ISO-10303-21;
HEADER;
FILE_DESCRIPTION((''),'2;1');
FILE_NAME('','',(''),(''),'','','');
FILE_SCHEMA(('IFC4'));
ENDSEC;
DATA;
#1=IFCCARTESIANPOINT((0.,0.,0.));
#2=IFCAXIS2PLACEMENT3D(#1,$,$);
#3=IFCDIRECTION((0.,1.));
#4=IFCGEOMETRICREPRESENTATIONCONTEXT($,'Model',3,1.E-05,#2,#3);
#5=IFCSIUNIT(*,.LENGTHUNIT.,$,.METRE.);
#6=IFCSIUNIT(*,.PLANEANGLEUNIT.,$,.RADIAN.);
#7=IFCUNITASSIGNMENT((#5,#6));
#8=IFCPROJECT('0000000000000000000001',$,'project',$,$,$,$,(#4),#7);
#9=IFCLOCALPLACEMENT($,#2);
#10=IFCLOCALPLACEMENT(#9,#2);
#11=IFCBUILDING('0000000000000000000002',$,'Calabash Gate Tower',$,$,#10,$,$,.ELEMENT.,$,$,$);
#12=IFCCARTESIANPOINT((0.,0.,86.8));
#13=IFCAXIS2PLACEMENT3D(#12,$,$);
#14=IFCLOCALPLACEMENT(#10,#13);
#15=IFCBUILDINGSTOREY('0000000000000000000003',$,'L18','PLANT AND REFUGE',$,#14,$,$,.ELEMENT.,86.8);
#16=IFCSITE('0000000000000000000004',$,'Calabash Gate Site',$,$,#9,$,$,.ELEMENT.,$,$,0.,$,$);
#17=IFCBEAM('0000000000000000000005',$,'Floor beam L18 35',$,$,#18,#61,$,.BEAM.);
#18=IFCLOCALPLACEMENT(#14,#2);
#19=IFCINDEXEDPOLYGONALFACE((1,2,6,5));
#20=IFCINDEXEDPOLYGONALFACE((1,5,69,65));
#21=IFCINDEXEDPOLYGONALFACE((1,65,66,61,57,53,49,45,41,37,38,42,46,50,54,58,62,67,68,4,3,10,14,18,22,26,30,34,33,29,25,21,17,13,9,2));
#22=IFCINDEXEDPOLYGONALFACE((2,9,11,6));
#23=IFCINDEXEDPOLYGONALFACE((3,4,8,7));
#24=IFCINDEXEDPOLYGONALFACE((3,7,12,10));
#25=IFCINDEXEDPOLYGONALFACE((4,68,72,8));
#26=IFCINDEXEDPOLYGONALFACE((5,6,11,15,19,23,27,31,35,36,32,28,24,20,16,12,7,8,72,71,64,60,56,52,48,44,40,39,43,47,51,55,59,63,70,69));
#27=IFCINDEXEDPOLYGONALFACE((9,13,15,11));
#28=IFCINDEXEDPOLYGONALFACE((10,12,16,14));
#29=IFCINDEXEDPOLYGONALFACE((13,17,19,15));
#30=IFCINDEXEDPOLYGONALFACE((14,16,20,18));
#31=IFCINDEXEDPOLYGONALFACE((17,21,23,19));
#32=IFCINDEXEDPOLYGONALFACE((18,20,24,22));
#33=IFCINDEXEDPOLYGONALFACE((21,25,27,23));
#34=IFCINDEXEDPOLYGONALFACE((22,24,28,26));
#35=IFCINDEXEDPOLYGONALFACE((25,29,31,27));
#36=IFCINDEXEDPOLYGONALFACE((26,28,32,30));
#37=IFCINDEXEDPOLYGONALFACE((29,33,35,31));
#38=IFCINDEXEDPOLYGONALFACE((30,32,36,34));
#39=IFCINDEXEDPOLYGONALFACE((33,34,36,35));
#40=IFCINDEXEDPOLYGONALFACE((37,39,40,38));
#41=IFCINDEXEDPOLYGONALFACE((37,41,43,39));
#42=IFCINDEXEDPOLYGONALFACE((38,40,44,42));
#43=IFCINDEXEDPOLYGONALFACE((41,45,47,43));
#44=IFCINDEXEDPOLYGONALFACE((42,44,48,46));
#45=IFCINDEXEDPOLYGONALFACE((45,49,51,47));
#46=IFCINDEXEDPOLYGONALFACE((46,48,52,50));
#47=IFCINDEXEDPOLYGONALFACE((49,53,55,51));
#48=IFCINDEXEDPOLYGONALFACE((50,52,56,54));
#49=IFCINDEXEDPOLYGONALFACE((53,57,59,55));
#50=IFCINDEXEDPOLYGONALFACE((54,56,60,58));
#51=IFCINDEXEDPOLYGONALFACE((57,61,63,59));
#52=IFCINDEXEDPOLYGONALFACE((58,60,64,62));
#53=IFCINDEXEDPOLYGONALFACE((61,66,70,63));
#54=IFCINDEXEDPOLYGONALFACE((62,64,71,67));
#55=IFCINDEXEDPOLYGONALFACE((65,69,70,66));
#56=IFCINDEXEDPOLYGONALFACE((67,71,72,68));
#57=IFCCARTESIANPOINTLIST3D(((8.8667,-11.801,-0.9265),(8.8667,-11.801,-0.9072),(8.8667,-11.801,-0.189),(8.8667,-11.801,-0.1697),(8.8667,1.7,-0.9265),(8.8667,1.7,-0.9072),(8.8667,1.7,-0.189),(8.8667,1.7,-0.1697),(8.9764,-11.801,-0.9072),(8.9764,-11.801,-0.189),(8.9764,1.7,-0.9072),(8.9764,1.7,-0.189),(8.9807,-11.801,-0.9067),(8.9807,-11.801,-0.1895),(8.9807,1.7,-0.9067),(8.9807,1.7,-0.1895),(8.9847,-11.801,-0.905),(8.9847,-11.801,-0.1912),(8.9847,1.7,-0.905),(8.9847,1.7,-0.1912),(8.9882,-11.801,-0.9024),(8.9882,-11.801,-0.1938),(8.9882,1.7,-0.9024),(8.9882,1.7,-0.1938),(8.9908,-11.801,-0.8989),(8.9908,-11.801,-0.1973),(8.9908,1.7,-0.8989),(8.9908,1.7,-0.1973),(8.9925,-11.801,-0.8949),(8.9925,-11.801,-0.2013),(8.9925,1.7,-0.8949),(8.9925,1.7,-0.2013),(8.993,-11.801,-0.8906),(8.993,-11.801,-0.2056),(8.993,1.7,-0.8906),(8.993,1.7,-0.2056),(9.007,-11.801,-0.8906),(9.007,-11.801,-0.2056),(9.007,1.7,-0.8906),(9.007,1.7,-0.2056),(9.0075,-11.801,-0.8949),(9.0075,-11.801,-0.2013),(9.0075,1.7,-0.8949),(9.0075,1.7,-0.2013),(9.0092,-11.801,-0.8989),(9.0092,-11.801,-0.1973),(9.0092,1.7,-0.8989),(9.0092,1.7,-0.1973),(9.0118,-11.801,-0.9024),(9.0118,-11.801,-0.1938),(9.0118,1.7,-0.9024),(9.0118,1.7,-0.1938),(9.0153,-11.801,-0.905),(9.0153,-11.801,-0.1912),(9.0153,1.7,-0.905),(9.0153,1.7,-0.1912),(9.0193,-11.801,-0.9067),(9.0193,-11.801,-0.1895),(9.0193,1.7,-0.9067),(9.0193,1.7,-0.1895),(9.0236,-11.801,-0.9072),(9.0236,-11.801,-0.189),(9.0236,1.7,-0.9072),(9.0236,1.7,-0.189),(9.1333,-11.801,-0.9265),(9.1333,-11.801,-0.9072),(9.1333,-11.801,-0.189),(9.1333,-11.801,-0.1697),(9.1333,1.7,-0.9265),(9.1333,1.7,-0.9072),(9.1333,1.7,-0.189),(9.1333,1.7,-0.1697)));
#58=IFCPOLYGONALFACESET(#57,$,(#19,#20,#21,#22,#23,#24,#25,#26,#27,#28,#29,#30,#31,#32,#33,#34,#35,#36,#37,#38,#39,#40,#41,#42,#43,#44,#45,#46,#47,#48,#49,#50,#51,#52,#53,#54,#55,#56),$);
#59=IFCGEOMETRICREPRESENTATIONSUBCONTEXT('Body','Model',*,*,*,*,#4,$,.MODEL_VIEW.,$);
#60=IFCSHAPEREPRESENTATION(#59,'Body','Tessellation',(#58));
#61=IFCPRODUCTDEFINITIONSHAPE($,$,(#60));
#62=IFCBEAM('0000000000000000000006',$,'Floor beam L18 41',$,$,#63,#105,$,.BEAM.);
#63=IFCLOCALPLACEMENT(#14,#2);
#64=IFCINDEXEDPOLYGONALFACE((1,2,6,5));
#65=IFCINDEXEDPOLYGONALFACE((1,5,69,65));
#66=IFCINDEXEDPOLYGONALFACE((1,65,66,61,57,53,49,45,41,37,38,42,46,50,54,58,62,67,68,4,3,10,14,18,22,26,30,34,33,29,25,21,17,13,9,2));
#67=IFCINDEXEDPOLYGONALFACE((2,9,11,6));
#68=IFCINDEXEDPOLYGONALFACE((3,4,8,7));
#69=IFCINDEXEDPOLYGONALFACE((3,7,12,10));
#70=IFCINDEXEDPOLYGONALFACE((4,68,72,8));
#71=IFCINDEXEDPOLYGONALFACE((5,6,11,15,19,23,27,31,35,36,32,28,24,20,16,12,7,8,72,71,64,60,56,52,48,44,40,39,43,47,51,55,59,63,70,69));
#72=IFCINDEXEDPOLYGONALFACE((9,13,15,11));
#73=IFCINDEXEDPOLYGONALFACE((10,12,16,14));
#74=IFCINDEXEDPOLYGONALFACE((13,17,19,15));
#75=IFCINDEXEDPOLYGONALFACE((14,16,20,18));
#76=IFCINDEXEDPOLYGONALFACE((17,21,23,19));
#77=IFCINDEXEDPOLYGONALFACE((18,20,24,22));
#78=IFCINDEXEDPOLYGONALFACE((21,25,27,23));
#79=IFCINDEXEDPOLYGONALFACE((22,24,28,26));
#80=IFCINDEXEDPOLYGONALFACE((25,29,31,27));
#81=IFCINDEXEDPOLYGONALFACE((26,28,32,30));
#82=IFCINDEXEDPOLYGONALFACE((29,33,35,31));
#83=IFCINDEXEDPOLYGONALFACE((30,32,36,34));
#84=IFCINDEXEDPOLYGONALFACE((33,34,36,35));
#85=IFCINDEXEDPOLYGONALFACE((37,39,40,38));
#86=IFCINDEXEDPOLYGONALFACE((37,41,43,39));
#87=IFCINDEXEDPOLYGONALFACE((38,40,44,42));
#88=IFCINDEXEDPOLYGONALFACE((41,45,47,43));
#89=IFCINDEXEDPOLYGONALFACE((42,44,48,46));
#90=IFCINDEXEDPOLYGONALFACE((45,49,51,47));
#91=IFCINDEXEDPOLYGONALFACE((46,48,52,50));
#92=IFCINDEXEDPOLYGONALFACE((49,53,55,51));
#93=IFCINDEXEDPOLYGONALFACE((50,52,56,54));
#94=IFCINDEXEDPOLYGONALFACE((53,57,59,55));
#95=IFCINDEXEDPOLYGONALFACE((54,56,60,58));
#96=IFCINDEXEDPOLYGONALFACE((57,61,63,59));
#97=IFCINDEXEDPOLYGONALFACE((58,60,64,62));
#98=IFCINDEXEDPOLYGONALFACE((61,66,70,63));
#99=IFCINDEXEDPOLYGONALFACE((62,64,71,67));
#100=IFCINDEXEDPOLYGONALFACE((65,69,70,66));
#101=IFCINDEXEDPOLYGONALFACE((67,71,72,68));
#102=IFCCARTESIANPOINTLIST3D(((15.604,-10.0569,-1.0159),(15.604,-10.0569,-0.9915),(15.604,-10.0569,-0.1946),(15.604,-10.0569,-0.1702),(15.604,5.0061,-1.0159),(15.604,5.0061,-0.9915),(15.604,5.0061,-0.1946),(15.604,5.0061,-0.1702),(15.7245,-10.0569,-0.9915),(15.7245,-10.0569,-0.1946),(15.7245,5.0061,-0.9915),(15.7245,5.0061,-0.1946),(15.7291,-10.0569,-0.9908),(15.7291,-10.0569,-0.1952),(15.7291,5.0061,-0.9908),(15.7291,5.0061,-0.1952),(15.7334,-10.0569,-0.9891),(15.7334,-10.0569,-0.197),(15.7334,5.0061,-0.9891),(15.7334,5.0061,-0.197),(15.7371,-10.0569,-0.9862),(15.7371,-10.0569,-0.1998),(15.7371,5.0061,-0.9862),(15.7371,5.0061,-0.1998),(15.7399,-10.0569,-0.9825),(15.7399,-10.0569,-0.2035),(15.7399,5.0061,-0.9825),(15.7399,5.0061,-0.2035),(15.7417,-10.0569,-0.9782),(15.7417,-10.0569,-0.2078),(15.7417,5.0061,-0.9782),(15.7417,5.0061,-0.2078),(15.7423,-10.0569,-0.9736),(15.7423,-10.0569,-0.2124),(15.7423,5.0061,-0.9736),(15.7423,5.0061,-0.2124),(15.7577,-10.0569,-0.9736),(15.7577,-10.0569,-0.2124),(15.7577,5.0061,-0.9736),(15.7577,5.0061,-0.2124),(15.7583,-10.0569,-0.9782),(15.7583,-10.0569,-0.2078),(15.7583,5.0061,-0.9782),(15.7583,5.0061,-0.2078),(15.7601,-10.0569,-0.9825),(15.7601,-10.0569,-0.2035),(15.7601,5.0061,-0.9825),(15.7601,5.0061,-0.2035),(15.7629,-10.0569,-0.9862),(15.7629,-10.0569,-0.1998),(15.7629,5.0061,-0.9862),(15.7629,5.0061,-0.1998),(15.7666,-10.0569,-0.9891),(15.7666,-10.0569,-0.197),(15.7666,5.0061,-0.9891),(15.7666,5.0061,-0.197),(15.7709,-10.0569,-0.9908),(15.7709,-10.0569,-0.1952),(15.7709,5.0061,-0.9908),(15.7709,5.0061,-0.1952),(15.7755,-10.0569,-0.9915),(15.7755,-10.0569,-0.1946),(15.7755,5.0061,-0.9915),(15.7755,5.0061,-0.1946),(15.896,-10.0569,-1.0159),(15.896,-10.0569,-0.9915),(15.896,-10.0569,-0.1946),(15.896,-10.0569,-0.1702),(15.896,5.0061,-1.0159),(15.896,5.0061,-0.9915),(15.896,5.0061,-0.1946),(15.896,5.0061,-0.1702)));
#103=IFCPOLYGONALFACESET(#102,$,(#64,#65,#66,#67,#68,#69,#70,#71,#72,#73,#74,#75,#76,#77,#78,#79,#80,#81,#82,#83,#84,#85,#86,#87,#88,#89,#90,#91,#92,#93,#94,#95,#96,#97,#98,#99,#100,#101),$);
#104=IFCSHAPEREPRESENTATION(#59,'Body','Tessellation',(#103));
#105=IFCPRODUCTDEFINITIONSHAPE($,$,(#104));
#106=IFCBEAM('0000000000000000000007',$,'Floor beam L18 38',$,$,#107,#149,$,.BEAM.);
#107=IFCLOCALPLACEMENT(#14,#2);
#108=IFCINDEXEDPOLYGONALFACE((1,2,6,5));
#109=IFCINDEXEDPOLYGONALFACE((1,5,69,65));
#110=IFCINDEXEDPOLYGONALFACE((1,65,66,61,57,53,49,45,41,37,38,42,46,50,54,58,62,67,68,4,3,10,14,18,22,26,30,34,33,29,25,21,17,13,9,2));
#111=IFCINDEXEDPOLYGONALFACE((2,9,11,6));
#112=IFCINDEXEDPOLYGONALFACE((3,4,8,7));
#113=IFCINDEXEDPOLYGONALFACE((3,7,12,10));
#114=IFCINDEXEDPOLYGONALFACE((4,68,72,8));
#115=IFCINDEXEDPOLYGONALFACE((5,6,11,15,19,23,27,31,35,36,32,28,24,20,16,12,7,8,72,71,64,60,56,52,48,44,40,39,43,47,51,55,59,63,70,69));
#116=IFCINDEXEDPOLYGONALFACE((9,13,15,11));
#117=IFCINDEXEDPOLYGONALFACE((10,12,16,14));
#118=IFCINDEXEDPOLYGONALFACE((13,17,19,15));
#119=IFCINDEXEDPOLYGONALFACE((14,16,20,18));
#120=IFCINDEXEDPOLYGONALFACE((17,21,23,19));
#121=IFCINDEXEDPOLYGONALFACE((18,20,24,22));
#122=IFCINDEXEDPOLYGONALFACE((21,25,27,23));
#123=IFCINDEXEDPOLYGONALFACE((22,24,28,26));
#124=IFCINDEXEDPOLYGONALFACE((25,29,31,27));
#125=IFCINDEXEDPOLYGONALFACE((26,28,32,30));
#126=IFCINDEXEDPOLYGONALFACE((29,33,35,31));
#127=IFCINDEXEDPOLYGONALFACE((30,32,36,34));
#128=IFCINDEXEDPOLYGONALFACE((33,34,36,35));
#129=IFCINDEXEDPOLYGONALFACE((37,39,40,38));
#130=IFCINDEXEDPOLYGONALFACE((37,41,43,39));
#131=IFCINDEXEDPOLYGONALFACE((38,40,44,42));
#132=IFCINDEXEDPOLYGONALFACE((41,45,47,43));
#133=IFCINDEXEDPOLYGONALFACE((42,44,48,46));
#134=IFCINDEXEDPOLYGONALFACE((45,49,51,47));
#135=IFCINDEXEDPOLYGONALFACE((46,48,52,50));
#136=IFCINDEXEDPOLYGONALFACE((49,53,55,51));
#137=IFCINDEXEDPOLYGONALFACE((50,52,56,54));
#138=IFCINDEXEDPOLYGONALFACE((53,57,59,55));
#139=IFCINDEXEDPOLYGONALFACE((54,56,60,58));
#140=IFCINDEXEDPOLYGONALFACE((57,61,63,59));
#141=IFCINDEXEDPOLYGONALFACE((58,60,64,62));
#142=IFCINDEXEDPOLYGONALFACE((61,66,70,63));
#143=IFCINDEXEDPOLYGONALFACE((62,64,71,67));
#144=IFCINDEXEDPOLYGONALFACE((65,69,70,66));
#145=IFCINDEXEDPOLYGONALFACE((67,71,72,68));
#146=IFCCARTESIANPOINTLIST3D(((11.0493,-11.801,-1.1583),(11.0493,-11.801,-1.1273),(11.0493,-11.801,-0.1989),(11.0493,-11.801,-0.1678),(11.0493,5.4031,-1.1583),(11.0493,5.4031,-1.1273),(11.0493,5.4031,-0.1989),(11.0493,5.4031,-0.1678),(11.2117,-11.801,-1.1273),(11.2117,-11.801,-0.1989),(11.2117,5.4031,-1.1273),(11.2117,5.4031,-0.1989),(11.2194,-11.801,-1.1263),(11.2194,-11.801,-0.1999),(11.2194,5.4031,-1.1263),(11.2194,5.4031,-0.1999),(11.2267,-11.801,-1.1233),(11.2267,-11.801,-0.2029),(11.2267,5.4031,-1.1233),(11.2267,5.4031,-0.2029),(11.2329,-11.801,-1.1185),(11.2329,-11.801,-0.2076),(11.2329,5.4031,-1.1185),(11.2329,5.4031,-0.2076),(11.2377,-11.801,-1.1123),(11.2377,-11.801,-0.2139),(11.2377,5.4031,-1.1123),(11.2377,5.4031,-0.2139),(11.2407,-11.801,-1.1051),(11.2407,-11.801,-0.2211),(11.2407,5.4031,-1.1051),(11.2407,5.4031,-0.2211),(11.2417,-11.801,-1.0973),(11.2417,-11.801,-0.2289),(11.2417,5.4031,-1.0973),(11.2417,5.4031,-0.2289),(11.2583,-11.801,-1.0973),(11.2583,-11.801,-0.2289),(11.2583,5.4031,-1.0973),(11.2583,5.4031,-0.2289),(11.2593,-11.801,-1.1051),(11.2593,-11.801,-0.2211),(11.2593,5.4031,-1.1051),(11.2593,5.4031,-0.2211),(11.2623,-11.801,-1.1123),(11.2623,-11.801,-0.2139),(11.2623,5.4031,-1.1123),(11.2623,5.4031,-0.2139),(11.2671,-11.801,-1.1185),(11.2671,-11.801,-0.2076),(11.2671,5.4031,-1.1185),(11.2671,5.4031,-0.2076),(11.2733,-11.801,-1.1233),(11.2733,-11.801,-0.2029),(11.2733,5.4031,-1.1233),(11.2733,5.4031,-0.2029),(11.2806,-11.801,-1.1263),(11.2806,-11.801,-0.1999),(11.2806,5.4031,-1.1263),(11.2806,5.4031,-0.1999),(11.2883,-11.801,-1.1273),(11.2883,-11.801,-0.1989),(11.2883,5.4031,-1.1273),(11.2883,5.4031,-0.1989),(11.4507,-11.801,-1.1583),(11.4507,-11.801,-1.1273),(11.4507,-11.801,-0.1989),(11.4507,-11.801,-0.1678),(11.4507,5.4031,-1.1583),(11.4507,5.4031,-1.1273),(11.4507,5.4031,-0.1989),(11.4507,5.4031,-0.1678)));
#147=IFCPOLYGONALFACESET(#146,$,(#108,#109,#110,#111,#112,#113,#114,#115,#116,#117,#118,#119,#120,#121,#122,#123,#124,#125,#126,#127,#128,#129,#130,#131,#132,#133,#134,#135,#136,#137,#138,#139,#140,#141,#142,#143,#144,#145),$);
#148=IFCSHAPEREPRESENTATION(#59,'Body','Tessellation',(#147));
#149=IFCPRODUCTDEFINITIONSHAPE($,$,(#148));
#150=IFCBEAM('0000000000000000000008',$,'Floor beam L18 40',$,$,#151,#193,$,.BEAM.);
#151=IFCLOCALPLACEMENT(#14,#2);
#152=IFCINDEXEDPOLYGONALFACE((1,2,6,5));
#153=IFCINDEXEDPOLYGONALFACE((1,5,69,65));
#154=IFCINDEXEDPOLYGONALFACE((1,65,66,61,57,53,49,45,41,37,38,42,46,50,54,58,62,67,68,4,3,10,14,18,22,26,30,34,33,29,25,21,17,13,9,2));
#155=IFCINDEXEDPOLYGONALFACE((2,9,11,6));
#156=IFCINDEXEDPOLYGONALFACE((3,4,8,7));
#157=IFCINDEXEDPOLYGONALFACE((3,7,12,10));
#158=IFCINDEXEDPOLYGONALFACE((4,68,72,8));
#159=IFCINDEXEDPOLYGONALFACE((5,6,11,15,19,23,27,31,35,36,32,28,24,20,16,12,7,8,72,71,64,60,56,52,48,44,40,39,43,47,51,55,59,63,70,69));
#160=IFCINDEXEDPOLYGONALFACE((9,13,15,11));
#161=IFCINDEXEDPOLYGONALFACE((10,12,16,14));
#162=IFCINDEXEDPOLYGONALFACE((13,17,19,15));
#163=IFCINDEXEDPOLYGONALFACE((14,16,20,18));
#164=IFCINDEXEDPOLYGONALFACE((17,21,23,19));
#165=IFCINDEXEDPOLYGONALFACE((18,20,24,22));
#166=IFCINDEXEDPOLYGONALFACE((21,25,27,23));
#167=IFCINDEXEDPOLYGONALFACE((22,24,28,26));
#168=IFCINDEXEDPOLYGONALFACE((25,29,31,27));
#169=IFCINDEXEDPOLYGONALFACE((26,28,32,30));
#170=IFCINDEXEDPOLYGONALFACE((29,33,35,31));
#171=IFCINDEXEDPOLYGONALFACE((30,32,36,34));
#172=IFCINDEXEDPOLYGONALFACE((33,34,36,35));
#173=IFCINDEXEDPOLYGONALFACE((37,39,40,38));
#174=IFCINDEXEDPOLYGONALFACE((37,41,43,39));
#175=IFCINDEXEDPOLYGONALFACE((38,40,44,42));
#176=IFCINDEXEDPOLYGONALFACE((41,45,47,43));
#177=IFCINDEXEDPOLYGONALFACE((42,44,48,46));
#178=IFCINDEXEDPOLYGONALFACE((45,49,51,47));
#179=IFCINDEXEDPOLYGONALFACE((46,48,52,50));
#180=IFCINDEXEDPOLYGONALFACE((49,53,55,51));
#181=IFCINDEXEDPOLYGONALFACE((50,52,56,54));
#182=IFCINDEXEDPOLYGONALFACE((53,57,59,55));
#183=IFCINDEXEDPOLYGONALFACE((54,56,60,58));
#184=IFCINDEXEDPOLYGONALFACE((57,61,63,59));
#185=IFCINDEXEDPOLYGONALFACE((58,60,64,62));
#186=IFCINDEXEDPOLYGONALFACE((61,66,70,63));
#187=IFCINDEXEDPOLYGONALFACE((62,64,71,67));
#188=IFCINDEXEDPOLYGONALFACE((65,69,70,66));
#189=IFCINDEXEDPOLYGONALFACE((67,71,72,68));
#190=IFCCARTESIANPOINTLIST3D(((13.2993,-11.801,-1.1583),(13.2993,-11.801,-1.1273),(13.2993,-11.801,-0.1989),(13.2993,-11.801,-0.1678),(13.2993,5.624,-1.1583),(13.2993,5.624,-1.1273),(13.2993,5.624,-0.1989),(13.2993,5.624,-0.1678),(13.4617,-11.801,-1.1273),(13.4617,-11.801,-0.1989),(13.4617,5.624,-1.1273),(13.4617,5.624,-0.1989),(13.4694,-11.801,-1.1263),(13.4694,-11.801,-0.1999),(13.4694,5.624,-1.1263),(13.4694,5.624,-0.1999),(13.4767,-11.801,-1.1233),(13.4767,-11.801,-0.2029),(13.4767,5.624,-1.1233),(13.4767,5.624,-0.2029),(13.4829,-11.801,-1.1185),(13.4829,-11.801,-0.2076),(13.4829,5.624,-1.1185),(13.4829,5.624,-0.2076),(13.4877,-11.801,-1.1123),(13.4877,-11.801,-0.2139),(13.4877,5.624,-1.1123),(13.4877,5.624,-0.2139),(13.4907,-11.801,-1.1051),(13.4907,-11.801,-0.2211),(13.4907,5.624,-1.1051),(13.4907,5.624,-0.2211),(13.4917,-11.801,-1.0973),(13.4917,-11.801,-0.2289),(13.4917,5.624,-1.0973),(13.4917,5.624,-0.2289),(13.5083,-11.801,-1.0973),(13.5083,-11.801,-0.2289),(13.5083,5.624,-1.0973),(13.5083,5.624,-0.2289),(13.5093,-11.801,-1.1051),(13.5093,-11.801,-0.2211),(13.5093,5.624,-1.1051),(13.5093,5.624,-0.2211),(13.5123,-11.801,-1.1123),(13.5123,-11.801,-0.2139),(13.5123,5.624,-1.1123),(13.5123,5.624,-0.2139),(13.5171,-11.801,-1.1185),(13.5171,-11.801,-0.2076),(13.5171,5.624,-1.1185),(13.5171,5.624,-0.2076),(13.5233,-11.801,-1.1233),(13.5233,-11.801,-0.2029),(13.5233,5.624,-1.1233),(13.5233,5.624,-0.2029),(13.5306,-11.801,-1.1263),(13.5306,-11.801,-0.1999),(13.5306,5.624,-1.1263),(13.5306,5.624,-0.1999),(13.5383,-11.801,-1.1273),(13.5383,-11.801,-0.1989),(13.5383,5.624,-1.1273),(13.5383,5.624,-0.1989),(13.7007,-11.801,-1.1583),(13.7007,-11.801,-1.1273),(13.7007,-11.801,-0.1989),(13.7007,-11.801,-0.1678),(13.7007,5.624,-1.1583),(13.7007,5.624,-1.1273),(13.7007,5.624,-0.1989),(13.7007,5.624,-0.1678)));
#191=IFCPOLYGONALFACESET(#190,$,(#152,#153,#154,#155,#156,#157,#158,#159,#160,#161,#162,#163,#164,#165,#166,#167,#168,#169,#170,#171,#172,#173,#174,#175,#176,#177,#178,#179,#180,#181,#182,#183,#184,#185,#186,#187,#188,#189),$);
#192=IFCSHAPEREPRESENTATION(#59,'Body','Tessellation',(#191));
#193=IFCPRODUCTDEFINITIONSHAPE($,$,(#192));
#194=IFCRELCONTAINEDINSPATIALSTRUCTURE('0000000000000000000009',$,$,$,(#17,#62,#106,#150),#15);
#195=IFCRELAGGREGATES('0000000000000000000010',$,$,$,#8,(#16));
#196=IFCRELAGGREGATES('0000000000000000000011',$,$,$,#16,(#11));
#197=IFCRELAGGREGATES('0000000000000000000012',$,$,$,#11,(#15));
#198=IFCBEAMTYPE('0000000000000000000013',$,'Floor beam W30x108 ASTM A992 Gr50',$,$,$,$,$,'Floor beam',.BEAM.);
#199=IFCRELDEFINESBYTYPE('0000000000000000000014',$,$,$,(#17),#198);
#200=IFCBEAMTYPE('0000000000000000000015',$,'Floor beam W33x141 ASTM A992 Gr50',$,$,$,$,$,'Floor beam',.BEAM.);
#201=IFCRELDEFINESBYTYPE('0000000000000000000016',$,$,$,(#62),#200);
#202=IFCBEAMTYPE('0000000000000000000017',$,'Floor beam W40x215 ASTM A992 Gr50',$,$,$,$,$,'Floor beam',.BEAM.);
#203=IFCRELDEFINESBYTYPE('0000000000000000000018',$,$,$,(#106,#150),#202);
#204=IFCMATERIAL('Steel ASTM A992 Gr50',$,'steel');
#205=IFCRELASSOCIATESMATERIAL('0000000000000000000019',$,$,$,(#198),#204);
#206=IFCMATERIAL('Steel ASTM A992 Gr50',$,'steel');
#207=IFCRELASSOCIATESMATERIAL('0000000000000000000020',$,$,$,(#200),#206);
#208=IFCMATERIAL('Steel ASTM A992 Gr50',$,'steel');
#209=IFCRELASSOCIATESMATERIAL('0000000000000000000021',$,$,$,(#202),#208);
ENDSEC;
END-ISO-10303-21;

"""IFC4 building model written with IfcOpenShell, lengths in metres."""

from ifc_helpers import new_model, si_unit, direction, frame, origin, origin_2d, place, context, subcontext, project, spatial, i_section, extrude, material, material_profile, profile_set, type_object, element, save


model = new_model("IFC4")

# Units and contexts
model_context = context("Model", 3, precision=1e-05, world=origin(), true_north=direction((0.0, 1.0)))
body_context = subcontext(model_context, "Body", "Model", "MODEL_VIEW")
ifc_project = project(units=[si_unit("LENGTHUNIT", "METRE"), si_unit("PLANEANGLEUNIT", "RADIAN")], contexts=[model_context])

# Site, building, storey
site_placement = place(None, origin())
site = spatial("IfcSite", under=ifc_project, at=site_placement, Name="Calabash Gate Site", CompositionType="ELEMENT", RefElevation=0.0)
building_placement = place(site_placement, origin())
building = spatial("IfcBuilding", under=site, at=building_placement, Name="Calabash Gate Tower", CompositionType="ELEMENT")
storey_placement = place(building_placement, frame((0.0, 0.0, 86.8)))
storey = spatial("IfcBuildingStorey", under=building, at=storey_placement, Name="L18", Description="PLANT AND REFUGE", CompositionType="ELEMENT", Elevation=86.8)

# Beams
ifc_material_1 = material(Name="Steel ASTM A992 Gr50", Category="steel")
ifc_material_profile_1 = material_profile(ifc_material_1, i_section(OverallWidth=0.2666, OverallDepth=0.7568, WebThickness=0.0139, FlangeThickness=0.0193, FilletRadius=0.0166, at=origin_2d()))
ifc_profile_set_1 = profile_set([ifc_material_profile_1], Name="Steel ASTM A992 Gr50")
beam_type_1 = type_object("IfcBeamType", Name="Floor beam W30x108 ASTM A992 Gr50", ElementType="Floor beam", PredefinedType="BEAM", material=ifc_profile_set_1)
beam_1_placement = place(storey_placement, frame((9.0, -11.801, -0.5481), z_axis=(0.0, 1.0, 0.0), x_axis=(-1.0, 0.0, 0.0)))
element("IfcBeam", 1, at=beam_1_placement, inside=storey, type_object=beam_type_1, Name="Floor beam L18 35", PredefinedType="BEAM", context=body_context, shape_type="SweptSolid", body=[
    extrude(i_section(OverallWidth=0.2666, OverallDepth=0.7568, WebThickness=0.0139, FlangeThickness=0.0193, FilletRadius=0.0166, at=origin_2d()), origin(), (0.0, 0.0, 1.0), 13.501),
])
ifc_material_2 = material(Name="Steel ASTM A992 Gr50", Category="steel")
ifc_material_profile_2 = material_profile(ifc_material_2, i_section(OverallWidth=0.292, OverallDepth=0.8457, WebThickness=0.0154, FlangeThickness=0.0244, FilletRadius=0.0178, at=origin_2d()))
ifc_profile_set_2 = profile_set([ifc_material_profile_2], Name="Steel ASTM A992 Gr50")
beam_type_2 = type_object("IfcBeamType", Name="Floor beam W33x141 ASTM A992 Gr50", ElementType="Floor beam", PredefinedType="BEAM", material=ifc_profile_set_2)
beam_2_placement = place(storey_placement, frame((15.75, -10.0569, -0.593), z_axis=(0.0, 1.0, 0.0), x_axis=(-1.0, 0.0, 0.0)))
element("IfcBeam", 2, at=beam_2_placement, inside=storey, type_object=beam_type_2, Name="Floor beam L18 41", PredefinedType="BEAM", context=body_context, shape_type="SweptSolid", body=[
    extrude(i_section(OverallWidth=0.292, OverallDepth=0.8457, WebThickness=0.0154, FlangeThickness=0.0244, FilletRadius=0.0178, at=origin_2d()), origin(), (0.0, 0.0, 1.0), 15.063),
])
ifc_material_3 = material(Name="Steel ASTM A992 Gr50", Category="steel")
ifc_material_profile_3 = material_profile(ifc_material_3, i_section(OverallWidth=0.4014, OverallDepth=0.9905, WebThickness=0.0166, FlangeThickness=0.031, FilletRadius=0.03, at=origin_2d()))
ifc_profile_set_3 = profile_set([ifc_material_profile_3], Name="Steel ASTM A992 Gr50")
beam_type_3 = type_object("IfcBeamType", Name="Floor beam W40x215 ASTM A992 Gr50", ElementType="Floor beam", PredefinedType="BEAM", material=ifc_profile_set_3)
beam_3_placement = place(storey_placement, frame((11.25, -11.801, -0.6631), z_axis=(0.0, 1.0, 0.0), x_axis=(-1.0, 0.0, 0.0)))
element("IfcBeam", 3, at=beam_3_placement, inside=storey, type_object=beam_type_3, Name="Floor beam L18 38", PredefinedType="BEAM", context=body_context, shape_type="SweptSolid", body=[
    extrude(i_section(OverallWidth=0.4014, OverallDepth=0.9905, WebThickness=0.0166, FlangeThickness=0.031, FilletRadius=0.03, at=origin_2d()), origin(), (0.0, 0.0, 1.0), 17.2041),
])
beam_4_placement = place(storey_placement, frame((13.5, -11.801, -0.6631), z_axis=(0.0, 1.0, 0.0), x_axis=(-1.0, 0.0, 0.0)))
element("IfcBeam", 4, at=beam_4_placement, inside=storey, type_object=beam_type_3, Name="Floor beam L18 40", PredefinedType="BEAM", context=body_context, shape_type="SweptSolid", body=[
    extrude(i_section(OverallWidth=0.4014, OverallDepth=0.9905, WebThickness=0.0166, FlangeThickness=0.031, FilletRadius=0.03, at=origin_2d()), origin(), (0.0, 0.0, 1.0), 17.425),
])

save(model, "model.ifc")
